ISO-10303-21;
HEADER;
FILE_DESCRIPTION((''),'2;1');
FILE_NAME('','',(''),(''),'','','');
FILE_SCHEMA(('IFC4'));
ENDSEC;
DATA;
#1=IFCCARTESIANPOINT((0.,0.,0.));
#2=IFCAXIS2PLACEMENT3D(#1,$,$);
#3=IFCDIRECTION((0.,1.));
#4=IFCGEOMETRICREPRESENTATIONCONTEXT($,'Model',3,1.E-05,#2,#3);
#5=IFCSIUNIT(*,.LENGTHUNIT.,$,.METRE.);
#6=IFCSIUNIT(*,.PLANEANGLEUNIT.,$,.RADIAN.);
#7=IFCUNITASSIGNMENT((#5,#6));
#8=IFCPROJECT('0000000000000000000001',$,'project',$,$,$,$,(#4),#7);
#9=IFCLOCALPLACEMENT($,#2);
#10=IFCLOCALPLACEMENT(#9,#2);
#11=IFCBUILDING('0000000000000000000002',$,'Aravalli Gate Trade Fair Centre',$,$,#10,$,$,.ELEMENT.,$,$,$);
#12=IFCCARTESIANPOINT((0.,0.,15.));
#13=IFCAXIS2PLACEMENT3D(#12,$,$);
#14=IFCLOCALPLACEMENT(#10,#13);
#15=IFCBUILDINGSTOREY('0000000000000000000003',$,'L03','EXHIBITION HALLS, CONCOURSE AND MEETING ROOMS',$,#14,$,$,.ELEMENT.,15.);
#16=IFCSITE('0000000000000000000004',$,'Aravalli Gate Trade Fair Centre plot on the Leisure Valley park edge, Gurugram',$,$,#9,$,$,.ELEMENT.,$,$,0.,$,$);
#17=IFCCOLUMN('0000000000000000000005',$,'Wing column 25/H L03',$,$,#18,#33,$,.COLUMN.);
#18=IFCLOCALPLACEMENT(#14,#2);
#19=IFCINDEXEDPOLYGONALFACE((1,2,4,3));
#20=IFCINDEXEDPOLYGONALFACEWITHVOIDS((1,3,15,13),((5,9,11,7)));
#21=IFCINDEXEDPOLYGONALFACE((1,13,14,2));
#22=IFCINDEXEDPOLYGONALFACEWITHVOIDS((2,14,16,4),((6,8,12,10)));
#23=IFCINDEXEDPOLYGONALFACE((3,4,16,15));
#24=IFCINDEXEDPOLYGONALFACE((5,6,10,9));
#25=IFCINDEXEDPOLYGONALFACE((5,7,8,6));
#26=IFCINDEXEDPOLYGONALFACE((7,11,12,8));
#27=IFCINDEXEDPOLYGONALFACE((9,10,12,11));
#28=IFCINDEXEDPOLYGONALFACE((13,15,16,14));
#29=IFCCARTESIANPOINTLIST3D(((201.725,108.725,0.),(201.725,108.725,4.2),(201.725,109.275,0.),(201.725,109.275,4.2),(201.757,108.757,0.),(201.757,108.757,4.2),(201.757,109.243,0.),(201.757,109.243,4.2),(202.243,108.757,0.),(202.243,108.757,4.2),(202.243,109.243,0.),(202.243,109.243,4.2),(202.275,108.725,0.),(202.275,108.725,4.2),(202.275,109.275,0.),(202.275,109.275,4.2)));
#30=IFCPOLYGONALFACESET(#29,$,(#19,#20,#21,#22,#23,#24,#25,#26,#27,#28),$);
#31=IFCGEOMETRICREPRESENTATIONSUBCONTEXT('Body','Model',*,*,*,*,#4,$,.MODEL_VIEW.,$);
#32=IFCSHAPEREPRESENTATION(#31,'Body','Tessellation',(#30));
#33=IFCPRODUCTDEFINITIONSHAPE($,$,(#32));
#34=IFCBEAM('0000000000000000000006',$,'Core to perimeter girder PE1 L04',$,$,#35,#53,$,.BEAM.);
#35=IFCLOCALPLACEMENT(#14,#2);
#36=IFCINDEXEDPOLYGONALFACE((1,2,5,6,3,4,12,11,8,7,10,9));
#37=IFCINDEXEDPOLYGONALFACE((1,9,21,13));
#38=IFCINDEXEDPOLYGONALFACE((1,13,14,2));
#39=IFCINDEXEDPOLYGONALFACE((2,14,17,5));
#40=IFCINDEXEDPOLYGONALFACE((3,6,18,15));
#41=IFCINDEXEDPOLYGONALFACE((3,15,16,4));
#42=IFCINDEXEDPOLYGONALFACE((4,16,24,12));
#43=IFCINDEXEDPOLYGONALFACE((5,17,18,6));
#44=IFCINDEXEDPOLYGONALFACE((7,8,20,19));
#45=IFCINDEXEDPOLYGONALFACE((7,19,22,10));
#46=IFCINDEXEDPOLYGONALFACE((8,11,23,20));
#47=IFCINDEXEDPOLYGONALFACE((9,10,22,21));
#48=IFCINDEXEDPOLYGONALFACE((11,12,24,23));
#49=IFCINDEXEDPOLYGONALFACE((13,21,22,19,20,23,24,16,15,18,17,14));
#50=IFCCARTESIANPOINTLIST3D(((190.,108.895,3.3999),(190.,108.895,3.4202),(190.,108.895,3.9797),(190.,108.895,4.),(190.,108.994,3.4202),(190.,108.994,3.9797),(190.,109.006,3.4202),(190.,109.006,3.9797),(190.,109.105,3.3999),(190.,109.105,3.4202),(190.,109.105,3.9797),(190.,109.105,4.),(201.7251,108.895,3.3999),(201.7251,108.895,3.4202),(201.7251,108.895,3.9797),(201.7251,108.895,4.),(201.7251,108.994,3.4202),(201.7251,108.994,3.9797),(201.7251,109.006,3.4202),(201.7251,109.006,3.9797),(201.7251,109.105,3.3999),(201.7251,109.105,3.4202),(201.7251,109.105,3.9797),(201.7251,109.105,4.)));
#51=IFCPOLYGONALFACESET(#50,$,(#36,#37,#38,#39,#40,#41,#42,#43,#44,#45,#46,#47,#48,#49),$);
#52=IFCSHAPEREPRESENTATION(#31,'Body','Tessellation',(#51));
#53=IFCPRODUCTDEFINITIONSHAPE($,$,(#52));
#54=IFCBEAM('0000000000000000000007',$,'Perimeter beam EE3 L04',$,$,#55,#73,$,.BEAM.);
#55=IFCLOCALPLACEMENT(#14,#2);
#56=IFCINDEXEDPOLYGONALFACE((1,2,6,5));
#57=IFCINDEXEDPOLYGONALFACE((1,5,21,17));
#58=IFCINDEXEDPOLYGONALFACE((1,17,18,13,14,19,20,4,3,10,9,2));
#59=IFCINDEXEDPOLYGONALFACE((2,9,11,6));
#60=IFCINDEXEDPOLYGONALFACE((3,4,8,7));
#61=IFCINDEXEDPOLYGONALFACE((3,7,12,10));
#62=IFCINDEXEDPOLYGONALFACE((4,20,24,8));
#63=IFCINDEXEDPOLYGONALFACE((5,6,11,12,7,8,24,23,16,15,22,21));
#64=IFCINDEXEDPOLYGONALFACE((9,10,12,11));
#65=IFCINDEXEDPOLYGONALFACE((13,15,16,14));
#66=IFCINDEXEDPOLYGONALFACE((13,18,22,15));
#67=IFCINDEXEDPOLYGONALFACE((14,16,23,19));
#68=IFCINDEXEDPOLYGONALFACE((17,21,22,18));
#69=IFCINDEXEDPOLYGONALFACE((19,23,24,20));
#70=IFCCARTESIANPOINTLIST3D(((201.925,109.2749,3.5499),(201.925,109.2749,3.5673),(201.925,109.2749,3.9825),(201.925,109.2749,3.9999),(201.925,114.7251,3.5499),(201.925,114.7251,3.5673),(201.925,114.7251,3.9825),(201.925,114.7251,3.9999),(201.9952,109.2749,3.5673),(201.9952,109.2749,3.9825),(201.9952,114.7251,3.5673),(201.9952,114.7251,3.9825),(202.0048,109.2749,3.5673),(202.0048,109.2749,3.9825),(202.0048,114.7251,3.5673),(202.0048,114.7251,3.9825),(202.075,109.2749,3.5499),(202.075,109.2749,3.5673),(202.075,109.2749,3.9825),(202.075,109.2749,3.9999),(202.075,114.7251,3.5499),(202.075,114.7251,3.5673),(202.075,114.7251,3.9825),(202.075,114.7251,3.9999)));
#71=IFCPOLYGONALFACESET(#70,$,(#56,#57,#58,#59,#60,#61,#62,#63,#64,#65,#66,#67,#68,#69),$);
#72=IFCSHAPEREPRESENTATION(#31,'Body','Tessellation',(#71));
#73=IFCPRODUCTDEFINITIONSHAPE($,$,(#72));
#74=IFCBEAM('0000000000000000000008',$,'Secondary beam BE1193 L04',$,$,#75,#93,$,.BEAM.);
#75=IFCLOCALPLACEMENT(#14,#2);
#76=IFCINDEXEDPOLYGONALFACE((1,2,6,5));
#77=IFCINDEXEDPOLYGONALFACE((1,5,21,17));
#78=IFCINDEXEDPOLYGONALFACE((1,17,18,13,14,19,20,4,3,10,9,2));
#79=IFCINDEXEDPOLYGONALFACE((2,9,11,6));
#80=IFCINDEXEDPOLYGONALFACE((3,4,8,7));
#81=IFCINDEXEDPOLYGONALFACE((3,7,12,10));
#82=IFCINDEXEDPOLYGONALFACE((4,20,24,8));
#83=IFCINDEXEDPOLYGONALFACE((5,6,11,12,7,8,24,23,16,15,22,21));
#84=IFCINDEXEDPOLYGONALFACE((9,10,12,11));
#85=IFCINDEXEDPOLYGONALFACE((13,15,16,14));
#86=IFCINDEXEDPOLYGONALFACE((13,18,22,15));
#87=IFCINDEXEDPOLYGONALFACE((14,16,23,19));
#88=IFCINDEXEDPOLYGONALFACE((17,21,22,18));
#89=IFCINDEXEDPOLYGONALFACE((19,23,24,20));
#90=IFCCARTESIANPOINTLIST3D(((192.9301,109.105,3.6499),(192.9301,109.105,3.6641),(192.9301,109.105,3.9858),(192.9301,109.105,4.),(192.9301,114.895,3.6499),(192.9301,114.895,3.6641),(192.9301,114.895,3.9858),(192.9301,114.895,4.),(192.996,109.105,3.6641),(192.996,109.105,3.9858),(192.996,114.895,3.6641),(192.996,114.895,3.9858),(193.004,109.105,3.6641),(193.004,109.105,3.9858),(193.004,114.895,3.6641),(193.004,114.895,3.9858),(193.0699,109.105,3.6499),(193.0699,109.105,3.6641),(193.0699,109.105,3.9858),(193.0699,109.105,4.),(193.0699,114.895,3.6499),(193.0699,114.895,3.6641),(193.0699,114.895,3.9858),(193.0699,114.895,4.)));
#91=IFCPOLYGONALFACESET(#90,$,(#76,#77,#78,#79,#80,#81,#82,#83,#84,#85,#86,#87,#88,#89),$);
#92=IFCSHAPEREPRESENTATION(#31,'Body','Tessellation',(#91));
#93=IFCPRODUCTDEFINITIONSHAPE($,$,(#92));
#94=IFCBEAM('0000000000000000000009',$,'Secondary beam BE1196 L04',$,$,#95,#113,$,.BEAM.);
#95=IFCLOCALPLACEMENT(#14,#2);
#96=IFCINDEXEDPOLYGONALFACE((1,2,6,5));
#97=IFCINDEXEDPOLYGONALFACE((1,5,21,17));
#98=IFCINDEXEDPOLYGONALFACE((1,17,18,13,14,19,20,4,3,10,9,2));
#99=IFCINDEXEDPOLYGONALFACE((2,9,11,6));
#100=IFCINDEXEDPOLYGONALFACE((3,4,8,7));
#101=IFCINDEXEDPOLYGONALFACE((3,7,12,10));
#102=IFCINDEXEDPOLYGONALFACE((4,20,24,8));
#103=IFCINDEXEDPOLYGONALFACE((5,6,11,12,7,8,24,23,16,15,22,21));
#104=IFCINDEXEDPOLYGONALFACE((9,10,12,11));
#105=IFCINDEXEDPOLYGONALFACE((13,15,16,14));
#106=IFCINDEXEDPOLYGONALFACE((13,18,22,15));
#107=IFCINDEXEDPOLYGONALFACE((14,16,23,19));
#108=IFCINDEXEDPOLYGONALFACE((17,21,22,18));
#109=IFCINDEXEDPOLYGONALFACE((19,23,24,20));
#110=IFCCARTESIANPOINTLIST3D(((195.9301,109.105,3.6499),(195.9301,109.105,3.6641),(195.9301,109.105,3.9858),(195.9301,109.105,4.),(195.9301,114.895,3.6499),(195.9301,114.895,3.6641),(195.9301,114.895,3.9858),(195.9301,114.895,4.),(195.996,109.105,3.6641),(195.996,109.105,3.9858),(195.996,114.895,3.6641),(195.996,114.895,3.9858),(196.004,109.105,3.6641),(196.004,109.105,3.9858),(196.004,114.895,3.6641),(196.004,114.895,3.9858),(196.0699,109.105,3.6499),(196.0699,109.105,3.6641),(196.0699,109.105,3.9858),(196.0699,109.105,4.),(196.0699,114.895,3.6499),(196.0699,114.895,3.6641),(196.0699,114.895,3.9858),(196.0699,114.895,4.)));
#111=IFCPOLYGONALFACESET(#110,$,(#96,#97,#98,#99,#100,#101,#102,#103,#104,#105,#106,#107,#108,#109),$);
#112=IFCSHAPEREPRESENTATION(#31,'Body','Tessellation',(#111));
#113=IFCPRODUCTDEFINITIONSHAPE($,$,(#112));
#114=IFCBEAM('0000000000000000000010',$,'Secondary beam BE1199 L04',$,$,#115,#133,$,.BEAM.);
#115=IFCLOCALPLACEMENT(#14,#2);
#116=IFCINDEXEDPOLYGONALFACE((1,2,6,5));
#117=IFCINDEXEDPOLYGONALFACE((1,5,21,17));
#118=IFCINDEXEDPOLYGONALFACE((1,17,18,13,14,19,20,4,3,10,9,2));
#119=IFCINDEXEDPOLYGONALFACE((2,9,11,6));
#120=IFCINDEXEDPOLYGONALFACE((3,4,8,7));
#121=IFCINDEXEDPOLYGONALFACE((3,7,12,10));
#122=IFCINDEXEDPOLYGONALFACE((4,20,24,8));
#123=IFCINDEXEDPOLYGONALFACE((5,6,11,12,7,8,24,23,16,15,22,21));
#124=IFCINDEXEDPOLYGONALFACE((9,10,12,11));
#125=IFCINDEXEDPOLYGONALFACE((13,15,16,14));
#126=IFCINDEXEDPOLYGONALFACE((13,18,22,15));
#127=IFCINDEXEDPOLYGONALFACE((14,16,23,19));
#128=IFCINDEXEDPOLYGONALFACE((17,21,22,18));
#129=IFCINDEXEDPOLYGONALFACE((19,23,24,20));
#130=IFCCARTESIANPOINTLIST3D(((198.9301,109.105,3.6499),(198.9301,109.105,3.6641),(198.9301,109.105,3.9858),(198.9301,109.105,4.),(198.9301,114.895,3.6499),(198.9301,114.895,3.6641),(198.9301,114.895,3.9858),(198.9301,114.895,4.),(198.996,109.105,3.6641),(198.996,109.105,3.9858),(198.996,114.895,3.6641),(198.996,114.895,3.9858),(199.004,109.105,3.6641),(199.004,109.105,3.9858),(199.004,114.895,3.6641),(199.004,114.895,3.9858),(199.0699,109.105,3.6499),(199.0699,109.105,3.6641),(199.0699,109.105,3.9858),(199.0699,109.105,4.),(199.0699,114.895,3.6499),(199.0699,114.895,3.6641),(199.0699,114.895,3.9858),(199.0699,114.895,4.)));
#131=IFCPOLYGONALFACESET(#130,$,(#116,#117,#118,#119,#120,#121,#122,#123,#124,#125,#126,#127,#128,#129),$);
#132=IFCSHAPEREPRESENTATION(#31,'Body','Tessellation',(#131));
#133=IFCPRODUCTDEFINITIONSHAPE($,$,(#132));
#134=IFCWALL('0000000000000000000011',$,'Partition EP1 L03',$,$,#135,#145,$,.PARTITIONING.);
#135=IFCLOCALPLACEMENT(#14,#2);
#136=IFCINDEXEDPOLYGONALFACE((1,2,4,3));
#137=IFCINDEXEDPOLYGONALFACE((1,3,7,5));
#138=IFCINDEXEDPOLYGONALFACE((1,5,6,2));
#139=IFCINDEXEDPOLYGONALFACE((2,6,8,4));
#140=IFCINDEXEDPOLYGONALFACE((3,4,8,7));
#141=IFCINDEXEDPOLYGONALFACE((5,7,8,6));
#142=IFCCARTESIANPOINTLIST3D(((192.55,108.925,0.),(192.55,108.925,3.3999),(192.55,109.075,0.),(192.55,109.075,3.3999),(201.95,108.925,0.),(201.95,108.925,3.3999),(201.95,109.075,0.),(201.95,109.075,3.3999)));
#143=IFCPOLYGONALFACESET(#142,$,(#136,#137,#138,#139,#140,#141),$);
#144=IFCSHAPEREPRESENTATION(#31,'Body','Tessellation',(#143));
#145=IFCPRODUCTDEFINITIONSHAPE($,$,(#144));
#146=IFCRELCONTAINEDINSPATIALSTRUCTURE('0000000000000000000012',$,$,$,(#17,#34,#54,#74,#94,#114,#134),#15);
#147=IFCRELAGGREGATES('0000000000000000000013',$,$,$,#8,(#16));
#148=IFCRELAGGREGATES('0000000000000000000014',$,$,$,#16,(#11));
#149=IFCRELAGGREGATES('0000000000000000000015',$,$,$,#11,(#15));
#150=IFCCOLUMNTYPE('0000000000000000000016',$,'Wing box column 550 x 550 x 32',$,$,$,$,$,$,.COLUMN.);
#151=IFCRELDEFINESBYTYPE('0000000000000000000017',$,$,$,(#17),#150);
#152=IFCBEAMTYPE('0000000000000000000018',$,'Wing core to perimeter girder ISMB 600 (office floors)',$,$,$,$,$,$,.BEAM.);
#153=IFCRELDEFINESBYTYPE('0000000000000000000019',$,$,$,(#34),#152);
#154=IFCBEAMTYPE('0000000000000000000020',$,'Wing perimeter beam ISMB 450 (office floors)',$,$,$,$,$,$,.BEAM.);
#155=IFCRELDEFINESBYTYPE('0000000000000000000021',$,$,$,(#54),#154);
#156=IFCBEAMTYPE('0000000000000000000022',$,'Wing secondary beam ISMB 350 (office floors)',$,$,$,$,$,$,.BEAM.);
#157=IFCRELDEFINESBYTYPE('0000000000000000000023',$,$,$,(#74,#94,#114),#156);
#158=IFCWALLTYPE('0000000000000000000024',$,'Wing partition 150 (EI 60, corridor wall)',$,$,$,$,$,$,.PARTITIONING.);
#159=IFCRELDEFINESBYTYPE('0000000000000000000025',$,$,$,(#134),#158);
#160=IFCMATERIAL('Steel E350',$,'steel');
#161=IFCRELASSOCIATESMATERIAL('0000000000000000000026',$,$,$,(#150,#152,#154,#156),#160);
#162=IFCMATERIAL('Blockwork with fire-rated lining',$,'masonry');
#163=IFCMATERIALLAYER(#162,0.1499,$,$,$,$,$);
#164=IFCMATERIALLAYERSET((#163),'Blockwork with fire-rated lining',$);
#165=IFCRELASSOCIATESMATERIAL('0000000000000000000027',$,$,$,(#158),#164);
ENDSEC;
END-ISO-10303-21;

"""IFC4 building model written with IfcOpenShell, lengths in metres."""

from ifc_helpers import new_model, si_unit, direction, frame, frame_2d, origin, origin_2d, place, context, subcontext, project, spatial, rectangle, hollow_rectangle, i_section, extrude, material, layer, layer_set, material_profile, profile_set, type_object, element, save


model = new_model("IFC4")

# Units and contexts
model_context = context("Model", 3, precision=1e-05, world=origin(), true_north=direction((0.0, 1.0)))
body_context = subcontext(model_context, "Body", "Model", "MODEL_VIEW")
ifc_project = project(units=[si_unit("LENGTHUNIT", "METRE"), si_unit("PLANEANGLEUNIT", "RADIAN")], contexts=[model_context])

# Site, building, storey
site_placement = place(None, origin())
site = spatial("IfcSite", under=ifc_project, at=site_placement, Name="Aravalli Gate Trade Fair Centre plot on the Leisure Valley park edge, Gurugram", CompositionType="ELEMENT", RefElevation=0.0)
building_placement = place(site_placement, origin())
building = spatial("IfcBuilding", under=site, at=building_placement, Name="Aravalli Gate Trade Fair Centre", CompositionType="ELEMENT")
storey_placement = place(building_placement, frame((0.0, 0.0, 15.0)))
storey = spatial("IfcBuildingStorey", under=building, at=storey_placement, Name="L03", Description="EXHIBITION HALLS, CONCOURSE AND MEETING ROOMS", CompositionType="ELEMENT", Elevation=15.0)

# Column
ifc_material_1 = material(Name="Steel E350", Category="steel")
ifc_material_profile_1 = material_profile(ifc_material_1, hollow_rectangle(XDim=0.55, YDim=0.55, WallThickness=0.032, at=origin_2d()), Name="BOX 550x550x32")
ifc_profile_set_1 = profile_set([ifc_material_profile_1], Name="Steel E350")
column_type = type_object("IfcColumnType", Name="Wing box column 550 x 550 x 32", PredefinedType="COLUMN", material=ifc_profile_set_1)
column_placement = place(storey_placement, frame((202.0, 109.0, 0.0), z_axis=(0.0, 0.0, 1.0), x_axis=(1.0, 0.0, 0.0)))
element("IfcColumn", 1, at=column_placement, inside=storey, type_object=column_type, Name="Wing column 25/H L03", PredefinedType="COLUMN", context=body_context, shape_type="SweptSolid", body=[
    extrude(hollow_rectangle(XDim=0.55, YDim=0.55, WallThickness=0.032, at=origin_2d()), origin(), (0.0, 0.0, 1.0), 4.2),
])

# Beams
ifc_material_profile_2 = material_profile(ifc_material_1, i_section(OverallWidth=0.21, OverallDepth=0.6001, WebThickness=0.012, FlangeThickness=0.0203, at=origin_2d()), Name="ISMB 600")
ifc_profile_set_2 = profile_set([ifc_material_profile_2], Name="Steel E350")
beam_type_1 = type_object("IfcBeamType", Name="Wing core to perimeter girder ISMB 600 (office floors)", PredefinedType="BEAM", material=ifc_profile_set_2)
beam_1_placement = place(storey_placement, frame((190.0, 109.0, 3.7), z_axis=(1.0, 0.0, 0.0), x_axis=(0.0, 1.0, 0.0)))
element("IfcBeam", 2, at=beam_1_placement, inside=storey, type_object=beam_type_1, Name="Core to perimeter girder PE1 L04", PredefinedType="BEAM", context=body_context, shape_type="SweptSolid", body=[
    extrude(i_section(OverallWidth=0.21, OverallDepth=0.6001, WebThickness=0.012, FlangeThickness=0.0203, at=origin_2d()), origin(), (0.0, 0.0, 1.0), 11.7251),
])
ifc_material_profile_3 = material_profile(ifc_material_1, i_section(OverallWidth=0.1499, OverallDepth=0.45, WebThickness=0.0095, FlangeThickness=0.0173, at=origin_2d()), Name="ISMB 450")
ifc_profile_set_3 = profile_set([ifc_material_profile_3], Name="Steel E350")
beam_type_2 = type_object("IfcBeamType", Name="Wing perimeter beam ISMB 450 (office floors)", PredefinedType="BEAM", material=ifc_profile_set_3)
beam_2_placement = place(storey_placement, frame((202.0, 109.2749, 3.7749), z_axis=(0.0, 1.0, 0.0), x_axis=(-1.0, 0.0, 0.0)))
element("IfcBeam", 3, at=beam_2_placement, inside=storey, type_object=beam_type_2, Name="Perimeter beam EE3 L04", PredefinedType="BEAM", context=body_context, shape_type="SweptSolid", body=[
    extrude(i_section(OverallWidth=0.1499, OverallDepth=0.45, WebThickness=0.0095, FlangeThickness=0.0173, at=origin_2d()), origin(), (0.0, 0.0, 1.0), 5.4502),
])
ifc_material_profile_4 = material_profile(ifc_material_1, i_section(OverallWidth=0.1399, OverallDepth=0.3501, WebThickness=0.0081, FlangeThickness=0.0142, at=origin_2d()), Name="ISMB 350")
ifc_profile_set_4 = profile_set([ifc_material_profile_4], Name="Steel E350")
beam_type_3 = type_object("IfcBeamType", Name="Wing secondary beam ISMB 350 (office floors)", PredefinedType="BEAM", material=ifc_profile_set_4)
for number, where, z_axis, x_axis, name in (
    (4, (193.0, 109.105, 3.825), (0.0, 1.0, 0.0), (-1.0, 0.0, 0.0), "Secondary beam BE1193 L04"),
    (5, (196.0, 109.105, 3.825), (0.0, 1.0, 0.0), (-1.0, 0.0, 0.0), "Secondary beam BE1196 L04"),
    (6, (199.0, 109.105, 3.825), (0.0, 1.0, 0.0), (-1.0, 0.0, 0.0), "Secondary beam BE1199 L04"),
):
    element("IfcBeam", number, at=place(storey_placement, frame(where, z_axis=z_axis, x_axis=x_axis)), inside=storey, type_object=beam_type_3, Name=name, PredefinedType="BEAM", context=body_context, shape_type="SweptSolid", body=[
        extrude(i_section(OverallWidth=0.1399, OverallDepth=0.3501, WebThickness=0.0081, FlangeThickness=0.0142, at=origin_2d()), origin(), (0.0, 0.0, 1.0), 5.79),
    ])

# Wall
ifc_material_2 = material(Name="Blockwork with fire-rated lining", Category="masonry")
ifc_layer_1 = layer(ifc_material_2, 0.1499)
ifc_layer_set_1 = layer_set([ifc_layer_1], Name="Blockwork with fire-rated lining")
wall_type_1 = type_object("IfcWallType", Name="Wing partition 150 (EI 60, corridor wall)", PredefinedType="PARTITIONING", material=ifc_layer_set_1)
wall_1_placement = place(storey_placement, frame((192.55, 109.0, 0.0), z_axis=(0.0, 0.0, 1.0), x_axis=(1.0, 0.0, 0.0)))
element("IfcWall", 7, at=wall_1_placement, inside=storey, type_object=wall_type_1, Name="Partition EP1 L03", PredefinedType="PARTITIONING", context=body_context, shape_type="SweptSolid", body=[
    extrude(rectangle(XDim=9.3999, YDim=0.1499, at=frame_2d((4.7, 0.0))), origin(), (0.0, 0.0, 1.0), 3.3999),
])

save(model, "model.ifc")
